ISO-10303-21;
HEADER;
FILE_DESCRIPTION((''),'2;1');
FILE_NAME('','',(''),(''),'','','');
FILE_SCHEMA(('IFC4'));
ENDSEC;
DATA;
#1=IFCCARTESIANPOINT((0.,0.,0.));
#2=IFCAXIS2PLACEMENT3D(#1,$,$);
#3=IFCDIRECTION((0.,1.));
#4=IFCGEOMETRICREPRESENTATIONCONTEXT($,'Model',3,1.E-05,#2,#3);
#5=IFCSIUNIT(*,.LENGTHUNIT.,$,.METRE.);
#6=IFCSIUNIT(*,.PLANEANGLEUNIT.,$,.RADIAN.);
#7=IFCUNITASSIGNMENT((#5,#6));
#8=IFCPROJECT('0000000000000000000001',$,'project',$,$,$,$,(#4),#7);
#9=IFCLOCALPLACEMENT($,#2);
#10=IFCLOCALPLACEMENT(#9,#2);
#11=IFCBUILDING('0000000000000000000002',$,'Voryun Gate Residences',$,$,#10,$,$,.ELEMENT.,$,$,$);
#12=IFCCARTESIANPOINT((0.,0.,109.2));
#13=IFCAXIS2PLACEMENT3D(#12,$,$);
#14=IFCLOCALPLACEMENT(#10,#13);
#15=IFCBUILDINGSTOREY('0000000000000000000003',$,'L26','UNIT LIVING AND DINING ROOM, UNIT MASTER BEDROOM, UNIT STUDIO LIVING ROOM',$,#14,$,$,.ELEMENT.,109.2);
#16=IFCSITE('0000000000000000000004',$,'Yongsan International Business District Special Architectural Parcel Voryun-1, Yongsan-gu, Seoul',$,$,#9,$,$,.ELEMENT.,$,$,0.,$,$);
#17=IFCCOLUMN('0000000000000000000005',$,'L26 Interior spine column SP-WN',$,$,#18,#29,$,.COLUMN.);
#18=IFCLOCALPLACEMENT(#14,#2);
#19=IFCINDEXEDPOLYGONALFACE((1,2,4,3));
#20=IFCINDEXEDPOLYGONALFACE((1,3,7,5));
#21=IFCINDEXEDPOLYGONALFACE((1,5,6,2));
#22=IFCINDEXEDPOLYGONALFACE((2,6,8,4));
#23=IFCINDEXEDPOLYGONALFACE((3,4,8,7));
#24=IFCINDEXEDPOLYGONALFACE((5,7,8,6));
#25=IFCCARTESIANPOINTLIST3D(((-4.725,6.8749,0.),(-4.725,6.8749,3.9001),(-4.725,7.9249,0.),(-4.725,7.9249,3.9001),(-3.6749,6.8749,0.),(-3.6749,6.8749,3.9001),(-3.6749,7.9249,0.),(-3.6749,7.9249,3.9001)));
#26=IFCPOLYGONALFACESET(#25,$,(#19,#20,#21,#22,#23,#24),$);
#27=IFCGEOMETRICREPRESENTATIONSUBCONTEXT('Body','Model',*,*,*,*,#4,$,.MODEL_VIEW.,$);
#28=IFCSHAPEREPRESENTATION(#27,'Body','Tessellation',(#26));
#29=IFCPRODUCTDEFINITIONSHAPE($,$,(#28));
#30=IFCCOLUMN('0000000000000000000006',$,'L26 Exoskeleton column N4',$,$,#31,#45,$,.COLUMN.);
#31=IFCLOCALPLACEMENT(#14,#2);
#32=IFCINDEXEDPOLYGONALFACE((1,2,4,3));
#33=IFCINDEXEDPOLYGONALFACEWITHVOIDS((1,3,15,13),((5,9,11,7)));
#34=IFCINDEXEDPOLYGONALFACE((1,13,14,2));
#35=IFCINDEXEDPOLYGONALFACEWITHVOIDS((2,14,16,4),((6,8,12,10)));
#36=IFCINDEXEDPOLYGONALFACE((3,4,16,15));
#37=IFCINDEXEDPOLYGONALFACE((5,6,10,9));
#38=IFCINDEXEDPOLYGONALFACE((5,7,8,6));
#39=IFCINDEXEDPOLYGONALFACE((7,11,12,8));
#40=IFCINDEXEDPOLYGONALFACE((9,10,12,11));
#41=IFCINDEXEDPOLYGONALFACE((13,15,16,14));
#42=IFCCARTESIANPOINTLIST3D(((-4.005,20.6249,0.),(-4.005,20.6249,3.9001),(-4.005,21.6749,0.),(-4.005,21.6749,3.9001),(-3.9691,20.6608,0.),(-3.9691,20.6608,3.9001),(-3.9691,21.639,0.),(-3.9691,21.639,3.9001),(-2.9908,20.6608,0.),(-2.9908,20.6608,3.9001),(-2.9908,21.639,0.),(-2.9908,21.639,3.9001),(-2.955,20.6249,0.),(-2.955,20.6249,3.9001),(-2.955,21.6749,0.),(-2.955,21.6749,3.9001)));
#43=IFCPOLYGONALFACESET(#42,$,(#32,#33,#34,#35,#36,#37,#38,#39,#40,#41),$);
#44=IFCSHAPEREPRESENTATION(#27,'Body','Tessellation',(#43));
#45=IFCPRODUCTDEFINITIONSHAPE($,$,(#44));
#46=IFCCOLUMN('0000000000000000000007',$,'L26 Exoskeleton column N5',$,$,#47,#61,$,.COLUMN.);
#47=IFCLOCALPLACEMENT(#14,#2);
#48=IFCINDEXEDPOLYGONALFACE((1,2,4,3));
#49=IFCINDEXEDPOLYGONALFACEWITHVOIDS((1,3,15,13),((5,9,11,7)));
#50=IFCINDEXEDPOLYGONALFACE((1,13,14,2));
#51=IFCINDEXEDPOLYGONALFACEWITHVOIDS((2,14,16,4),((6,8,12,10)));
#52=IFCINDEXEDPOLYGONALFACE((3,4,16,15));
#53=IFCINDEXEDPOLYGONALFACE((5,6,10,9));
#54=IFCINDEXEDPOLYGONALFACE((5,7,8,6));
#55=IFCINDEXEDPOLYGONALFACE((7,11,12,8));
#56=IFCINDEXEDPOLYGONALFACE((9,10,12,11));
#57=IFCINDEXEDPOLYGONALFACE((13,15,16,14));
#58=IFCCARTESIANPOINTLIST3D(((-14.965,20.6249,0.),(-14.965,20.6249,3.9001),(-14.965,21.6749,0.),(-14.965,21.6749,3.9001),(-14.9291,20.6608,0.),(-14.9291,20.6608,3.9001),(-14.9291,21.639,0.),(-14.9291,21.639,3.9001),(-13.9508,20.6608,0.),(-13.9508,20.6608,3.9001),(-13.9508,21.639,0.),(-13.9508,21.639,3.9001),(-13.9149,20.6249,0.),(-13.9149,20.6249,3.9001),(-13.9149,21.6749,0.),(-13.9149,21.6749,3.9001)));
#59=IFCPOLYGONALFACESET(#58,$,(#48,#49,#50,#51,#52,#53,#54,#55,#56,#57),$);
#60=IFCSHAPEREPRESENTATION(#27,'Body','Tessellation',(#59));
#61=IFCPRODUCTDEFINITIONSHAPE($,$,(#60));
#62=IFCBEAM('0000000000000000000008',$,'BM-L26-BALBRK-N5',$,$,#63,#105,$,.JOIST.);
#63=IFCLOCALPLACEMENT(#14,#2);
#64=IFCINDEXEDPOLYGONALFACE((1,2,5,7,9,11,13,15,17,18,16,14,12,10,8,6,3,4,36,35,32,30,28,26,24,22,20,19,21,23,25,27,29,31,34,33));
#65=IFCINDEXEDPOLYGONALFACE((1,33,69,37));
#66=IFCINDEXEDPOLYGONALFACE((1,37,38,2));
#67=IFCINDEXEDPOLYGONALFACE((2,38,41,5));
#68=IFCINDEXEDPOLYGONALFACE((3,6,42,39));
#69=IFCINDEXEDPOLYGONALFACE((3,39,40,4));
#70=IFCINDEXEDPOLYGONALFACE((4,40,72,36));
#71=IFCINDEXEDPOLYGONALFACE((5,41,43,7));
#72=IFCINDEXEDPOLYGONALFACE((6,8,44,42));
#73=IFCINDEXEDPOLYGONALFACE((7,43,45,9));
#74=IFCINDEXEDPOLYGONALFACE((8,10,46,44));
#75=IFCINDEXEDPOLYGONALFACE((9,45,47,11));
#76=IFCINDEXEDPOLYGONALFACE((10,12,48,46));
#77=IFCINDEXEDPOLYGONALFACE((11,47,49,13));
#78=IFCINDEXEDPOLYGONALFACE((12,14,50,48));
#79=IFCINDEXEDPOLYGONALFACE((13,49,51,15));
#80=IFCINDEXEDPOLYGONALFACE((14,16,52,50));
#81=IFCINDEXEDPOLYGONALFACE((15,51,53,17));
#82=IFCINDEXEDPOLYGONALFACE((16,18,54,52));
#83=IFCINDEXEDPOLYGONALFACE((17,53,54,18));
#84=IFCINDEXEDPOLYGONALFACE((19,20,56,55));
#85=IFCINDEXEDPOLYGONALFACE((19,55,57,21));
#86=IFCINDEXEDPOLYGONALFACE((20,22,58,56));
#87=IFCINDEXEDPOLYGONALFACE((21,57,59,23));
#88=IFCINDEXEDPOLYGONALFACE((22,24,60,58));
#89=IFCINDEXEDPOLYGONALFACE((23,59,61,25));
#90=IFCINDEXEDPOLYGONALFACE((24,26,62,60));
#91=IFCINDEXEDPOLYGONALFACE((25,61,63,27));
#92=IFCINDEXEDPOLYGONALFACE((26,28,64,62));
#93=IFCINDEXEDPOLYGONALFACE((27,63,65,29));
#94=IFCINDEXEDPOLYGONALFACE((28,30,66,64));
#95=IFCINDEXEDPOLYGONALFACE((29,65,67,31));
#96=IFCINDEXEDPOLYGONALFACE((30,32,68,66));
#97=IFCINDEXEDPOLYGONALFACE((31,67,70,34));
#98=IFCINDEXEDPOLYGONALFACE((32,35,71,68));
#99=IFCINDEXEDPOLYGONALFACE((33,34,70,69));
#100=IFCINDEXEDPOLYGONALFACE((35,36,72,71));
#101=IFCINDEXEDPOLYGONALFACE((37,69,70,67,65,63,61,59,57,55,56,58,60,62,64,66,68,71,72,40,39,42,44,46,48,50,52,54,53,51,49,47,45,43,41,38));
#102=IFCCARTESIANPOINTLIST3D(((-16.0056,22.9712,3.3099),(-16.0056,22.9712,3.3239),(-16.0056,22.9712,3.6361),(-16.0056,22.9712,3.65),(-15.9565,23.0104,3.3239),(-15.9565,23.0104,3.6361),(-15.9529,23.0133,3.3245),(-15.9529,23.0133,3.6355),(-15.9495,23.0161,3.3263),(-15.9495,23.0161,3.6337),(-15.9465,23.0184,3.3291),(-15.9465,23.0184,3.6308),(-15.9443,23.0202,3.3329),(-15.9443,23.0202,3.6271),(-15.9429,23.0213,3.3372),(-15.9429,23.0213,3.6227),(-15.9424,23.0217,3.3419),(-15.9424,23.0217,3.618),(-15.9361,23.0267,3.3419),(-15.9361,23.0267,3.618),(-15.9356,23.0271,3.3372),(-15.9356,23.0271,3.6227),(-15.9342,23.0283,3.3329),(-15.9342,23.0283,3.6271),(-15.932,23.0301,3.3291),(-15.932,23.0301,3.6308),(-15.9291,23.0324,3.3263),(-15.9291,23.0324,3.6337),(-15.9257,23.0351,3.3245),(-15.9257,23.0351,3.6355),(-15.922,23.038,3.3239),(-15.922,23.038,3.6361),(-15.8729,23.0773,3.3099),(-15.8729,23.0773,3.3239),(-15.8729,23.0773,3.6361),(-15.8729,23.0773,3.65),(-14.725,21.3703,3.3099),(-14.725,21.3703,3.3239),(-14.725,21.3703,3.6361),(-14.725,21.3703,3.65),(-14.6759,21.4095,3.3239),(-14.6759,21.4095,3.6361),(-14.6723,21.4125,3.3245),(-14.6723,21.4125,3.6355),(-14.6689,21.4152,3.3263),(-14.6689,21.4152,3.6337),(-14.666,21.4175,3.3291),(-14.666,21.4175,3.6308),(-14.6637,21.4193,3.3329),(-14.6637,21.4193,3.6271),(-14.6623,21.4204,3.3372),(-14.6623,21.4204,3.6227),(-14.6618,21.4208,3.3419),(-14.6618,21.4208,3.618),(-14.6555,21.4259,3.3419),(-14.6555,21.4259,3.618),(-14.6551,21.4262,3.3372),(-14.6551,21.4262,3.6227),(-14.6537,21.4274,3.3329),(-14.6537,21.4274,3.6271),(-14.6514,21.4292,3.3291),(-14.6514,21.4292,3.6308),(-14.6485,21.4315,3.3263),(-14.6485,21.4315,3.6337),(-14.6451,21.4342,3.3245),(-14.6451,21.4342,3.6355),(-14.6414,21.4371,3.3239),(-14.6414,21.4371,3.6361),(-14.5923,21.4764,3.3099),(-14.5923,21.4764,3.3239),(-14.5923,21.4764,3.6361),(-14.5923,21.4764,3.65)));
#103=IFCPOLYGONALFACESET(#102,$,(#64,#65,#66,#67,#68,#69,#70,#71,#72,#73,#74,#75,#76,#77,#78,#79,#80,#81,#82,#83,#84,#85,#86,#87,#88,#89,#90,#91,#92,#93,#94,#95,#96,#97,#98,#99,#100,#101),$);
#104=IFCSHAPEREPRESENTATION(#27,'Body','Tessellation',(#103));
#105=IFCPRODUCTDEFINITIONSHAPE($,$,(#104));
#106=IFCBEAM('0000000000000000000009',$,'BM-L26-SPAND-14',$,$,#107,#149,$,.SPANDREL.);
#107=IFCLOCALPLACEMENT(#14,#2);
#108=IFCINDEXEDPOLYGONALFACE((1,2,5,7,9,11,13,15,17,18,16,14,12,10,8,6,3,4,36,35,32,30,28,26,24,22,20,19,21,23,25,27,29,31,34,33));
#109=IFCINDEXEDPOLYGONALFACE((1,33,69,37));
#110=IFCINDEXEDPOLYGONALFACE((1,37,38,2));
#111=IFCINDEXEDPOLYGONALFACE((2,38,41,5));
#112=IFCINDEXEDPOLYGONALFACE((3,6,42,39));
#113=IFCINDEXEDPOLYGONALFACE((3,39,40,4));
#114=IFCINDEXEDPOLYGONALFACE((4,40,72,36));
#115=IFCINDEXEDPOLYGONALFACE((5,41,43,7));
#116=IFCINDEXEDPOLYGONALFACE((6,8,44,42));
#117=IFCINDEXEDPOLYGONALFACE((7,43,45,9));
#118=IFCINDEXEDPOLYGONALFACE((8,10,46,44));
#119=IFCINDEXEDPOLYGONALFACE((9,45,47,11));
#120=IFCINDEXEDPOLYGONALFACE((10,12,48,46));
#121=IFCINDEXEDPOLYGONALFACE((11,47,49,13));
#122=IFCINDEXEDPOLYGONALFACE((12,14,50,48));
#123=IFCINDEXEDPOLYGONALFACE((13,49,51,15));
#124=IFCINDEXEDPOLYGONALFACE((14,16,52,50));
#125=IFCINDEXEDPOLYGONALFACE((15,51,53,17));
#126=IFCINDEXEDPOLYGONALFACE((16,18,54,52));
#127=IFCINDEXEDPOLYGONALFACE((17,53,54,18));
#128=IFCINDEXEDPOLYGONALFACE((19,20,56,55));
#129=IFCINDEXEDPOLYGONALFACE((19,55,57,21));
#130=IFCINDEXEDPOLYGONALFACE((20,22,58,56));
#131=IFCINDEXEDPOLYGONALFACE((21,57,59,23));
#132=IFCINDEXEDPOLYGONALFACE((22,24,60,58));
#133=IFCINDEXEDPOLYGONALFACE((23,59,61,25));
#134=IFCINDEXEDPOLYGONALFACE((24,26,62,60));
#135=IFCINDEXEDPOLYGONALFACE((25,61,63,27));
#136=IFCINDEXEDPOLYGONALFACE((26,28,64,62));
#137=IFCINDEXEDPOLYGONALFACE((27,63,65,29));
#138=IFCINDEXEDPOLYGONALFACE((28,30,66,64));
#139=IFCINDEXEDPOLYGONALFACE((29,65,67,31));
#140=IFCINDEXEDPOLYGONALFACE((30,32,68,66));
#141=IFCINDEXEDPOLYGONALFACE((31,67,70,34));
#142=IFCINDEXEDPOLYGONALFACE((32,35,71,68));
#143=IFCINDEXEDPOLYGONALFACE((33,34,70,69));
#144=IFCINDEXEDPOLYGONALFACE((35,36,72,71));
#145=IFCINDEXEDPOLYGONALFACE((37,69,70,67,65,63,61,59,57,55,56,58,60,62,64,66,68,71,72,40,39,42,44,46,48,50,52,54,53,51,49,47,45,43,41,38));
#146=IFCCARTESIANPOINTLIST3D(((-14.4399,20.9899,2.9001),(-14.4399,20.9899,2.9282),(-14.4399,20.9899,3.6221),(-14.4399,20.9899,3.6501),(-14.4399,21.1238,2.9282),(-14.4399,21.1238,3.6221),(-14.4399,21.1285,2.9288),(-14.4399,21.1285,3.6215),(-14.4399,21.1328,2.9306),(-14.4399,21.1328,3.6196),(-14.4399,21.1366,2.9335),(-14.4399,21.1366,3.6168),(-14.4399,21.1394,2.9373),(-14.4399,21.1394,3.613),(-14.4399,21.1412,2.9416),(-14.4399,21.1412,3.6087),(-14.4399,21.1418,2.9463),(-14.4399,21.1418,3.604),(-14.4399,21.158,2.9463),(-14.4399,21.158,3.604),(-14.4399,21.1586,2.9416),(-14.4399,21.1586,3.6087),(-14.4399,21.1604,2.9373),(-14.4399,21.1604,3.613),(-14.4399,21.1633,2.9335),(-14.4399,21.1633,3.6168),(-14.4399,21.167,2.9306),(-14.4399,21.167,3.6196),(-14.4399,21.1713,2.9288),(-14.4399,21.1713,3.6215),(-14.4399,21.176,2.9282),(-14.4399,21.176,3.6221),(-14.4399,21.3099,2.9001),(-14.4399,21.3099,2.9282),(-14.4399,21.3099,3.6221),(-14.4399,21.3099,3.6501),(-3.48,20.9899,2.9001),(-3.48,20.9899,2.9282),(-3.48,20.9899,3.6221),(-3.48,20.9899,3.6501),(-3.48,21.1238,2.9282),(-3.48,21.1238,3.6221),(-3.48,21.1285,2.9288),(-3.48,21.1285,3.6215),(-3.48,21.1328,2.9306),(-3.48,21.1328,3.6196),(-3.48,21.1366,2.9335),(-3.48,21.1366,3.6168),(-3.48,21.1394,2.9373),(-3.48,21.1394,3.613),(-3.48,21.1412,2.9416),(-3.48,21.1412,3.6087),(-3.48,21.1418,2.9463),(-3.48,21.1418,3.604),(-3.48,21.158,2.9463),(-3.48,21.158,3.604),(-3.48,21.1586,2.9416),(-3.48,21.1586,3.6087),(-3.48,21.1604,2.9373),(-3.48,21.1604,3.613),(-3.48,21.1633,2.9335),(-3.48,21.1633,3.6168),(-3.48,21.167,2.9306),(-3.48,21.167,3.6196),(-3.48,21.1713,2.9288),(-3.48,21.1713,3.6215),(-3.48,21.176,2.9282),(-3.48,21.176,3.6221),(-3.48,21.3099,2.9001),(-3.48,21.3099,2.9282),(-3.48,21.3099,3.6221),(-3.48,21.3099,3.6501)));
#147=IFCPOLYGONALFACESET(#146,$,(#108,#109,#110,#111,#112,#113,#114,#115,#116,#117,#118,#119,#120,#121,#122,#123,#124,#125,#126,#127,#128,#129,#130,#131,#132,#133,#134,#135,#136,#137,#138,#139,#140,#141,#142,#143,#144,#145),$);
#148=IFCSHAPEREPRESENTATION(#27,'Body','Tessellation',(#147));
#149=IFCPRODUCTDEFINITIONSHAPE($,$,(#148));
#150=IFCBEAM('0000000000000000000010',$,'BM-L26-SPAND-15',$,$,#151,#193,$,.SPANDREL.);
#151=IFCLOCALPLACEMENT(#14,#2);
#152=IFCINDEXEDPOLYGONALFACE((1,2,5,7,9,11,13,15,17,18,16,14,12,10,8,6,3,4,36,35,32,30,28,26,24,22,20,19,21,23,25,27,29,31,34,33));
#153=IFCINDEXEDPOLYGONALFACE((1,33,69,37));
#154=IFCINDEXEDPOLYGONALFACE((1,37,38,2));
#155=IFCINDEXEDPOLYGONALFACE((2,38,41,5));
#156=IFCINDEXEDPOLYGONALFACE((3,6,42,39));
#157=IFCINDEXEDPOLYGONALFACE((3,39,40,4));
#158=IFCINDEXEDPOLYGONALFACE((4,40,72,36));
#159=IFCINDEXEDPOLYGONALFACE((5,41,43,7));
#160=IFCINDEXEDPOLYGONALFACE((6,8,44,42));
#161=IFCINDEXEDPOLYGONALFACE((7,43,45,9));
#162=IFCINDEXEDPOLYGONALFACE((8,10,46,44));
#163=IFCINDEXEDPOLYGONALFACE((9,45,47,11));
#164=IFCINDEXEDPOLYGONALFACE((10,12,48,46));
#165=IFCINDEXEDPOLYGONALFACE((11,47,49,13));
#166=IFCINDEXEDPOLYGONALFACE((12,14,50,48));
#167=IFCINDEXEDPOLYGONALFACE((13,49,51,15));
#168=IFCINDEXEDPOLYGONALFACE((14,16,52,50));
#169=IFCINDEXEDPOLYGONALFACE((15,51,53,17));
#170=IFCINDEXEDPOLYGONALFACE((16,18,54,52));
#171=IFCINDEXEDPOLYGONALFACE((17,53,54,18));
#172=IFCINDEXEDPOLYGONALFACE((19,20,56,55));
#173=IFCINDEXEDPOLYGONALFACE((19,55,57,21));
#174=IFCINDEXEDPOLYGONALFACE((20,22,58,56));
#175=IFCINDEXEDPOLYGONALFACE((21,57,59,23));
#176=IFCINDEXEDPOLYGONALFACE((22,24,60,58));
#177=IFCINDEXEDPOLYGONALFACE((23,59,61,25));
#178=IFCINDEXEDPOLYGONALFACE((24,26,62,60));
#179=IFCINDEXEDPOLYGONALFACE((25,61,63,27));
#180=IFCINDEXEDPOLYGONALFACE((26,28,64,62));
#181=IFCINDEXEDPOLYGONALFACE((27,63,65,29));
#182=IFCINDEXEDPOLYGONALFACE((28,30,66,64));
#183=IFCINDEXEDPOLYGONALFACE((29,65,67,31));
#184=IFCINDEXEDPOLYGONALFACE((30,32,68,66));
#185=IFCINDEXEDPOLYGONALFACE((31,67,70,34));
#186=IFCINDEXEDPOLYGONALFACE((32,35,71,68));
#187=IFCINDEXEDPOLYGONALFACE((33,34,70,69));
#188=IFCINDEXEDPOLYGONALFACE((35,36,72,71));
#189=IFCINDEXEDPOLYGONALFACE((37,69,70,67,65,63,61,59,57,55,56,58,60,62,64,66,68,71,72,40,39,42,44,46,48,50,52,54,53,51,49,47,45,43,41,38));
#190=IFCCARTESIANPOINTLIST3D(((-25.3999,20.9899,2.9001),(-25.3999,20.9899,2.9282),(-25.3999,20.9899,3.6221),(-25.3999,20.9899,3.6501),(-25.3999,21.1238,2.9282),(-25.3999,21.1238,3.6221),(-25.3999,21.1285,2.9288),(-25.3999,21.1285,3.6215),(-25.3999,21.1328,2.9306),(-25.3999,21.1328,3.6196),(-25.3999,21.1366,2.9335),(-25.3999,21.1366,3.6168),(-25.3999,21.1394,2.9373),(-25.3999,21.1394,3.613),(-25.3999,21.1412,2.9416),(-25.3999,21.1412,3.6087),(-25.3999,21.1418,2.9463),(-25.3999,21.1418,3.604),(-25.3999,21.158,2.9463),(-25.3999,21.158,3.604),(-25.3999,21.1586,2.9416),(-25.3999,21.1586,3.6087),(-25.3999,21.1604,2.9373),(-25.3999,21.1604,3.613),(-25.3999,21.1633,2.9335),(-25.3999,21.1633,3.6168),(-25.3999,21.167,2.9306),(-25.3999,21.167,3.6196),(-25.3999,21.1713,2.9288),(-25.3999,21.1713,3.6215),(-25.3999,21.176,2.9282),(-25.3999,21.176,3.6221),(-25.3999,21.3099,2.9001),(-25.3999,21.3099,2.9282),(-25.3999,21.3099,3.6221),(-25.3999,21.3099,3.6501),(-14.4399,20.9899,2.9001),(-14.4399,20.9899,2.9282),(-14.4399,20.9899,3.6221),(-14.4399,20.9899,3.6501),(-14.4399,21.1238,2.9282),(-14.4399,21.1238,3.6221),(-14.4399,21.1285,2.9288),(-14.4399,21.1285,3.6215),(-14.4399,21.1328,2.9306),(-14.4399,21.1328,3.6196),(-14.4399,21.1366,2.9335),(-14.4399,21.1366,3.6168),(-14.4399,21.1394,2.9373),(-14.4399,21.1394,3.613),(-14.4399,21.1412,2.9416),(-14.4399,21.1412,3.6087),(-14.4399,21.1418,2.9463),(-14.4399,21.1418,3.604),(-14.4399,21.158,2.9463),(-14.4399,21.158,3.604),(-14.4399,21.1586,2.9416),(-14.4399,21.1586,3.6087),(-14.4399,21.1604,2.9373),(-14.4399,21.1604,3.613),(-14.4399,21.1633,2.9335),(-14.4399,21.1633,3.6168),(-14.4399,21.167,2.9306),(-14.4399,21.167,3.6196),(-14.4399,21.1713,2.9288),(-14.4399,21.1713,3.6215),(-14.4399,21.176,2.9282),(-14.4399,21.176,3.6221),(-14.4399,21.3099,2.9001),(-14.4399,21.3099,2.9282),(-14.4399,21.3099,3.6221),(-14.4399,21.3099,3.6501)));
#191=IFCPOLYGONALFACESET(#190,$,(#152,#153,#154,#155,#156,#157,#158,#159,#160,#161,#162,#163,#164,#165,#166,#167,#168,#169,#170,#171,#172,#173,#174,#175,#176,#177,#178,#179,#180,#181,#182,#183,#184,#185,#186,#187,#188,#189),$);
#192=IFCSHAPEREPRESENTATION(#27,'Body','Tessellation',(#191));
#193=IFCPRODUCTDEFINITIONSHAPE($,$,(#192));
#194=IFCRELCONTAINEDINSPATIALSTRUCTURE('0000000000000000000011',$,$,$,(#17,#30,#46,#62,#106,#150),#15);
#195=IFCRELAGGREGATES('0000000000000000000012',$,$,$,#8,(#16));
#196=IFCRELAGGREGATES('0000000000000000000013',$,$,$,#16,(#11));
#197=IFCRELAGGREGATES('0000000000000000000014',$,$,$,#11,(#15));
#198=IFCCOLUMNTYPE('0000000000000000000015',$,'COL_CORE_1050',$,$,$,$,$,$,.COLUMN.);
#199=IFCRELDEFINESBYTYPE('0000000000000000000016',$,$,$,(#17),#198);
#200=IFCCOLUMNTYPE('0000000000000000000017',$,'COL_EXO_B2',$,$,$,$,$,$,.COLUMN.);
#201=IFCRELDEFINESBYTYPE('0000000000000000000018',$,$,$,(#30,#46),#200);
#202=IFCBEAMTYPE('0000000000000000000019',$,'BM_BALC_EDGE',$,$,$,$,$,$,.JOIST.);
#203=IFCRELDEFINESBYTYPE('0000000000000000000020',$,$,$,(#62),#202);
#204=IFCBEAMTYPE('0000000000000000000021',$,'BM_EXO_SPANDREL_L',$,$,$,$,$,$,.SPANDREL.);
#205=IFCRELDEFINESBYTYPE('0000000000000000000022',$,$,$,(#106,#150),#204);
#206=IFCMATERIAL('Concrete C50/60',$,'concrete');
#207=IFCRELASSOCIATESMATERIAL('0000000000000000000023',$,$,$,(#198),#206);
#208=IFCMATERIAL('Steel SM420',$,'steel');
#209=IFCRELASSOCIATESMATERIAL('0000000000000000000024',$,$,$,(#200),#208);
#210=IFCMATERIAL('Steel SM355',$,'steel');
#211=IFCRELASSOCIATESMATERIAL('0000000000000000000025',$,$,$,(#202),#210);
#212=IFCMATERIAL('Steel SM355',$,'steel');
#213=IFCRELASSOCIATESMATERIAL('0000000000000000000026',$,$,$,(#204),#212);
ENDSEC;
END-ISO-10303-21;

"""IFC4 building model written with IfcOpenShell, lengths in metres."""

from ifc_helpers import new_model, si_unit, direction, frame, origin, origin_2d, place, context, subcontext, project, spatial, rectangle, hollow_rectangle, i_section, extrude, material, material_profile, profile_set, type_object, element, save


model = new_model("IFC4")

# Units and contexts
model_context = context("Model", 3, precision=1e-05, world=origin(), true_north=direction((0.0, 1.0)))
body_context = subcontext(model_context, "Body", "Model", "MODEL_VIEW")
ifc_project = project(units=[si_unit("LENGTHUNIT", "METRE"), si_unit("PLANEANGLEUNIT", "RADIAN")], contexts=[model_context])

# Site, building, storey
site_placement = place(None, origin())
site = spatial("IfcSite", under=ifc_project, at=site_placement, Name="Yongsan International Business District Special Architectural Parcel Voryun-1, Yongsan-gu, Seoul", CompositionType="ELEMENT", RefElevation=0.0)
building_placement = place(site_placement, origin())
building = spatial("IfcBuilding", under=site, at=building_placement, Name="Voryun Gate Residences", CompositionType="ELEMENT")
storey_placement = place(building_placement, frame((0.0, 0.0, 109.2)))
storey = spatial("IfcBuildingStorey", under=building, at=storey_placement, Name="L26", Description="UNIT LIVING AND DINING ROOM, UNIT MASTER BEDROOM, UNIT STUDIO LIVING ROOM", CompositionType="ELEMENT", Elevation=109.2)

# Columns
ifc_material_1 = material(Name="Concrete C50/60", Category="concrete")
ifc_material_profile_1 = material_profile(ifc_material_1, rectangle(XDim=1.05, YDim=1.05, at=origin_2d()), Name="RC-1050x1050")
ifc_profile_set_1 = profile_set([ifc_material_profile_1], Name="Concrete C50/60")
column_type_1 = type_object("IfcColumnType", Name="COL_CORE_1050", PredefinedType="COLUMN", material=ifc_profile_set_1)
column_placement = place(storey_placement, frame((-4.2, 7.3999, 0.0), z_axis=(0.0, 0.0, 1.0), x_axis=(1.0, 0.0, 0.0)))
element("IfcColumn", 1, at=column_placement, inside=storey, type_object=column_type_1, Name="L26 Interior spine column SP-WN", PredefinedType="COLUMN", context=body_context, shape_type="SweptSolid", body=[
    extrude(rectangle(XDim=1.05, YDim=1.05, at=origin_2d()), origin(), (0.0, 0.0, 1.0), 3.9001),
])
ifc_material_2 = material(Name="Steel SM420", Category="steel")
ifc_material_profile_2 = material_profile(ifc_material_2, hollow_rectangle(XDim=1.05, YDim=1.05, WallThickness=0.0359, at=origin_2d()), Name="BOX-1050x1050x36")
ifc_profile_set_2 = profile_set([ifc_material_profile_2], Name="Steel SM420")
column_type_2 = type_object("IfcColumnType", Name="COL_EXO_B2", PredefinedType="COLUMN", material=ifc_profile_set_2)
for number, where, z_axis, x_axis, name in (
    (2, (-3.48, 21.1499, 0.0), (0.0, 0.0, 1.0), (1.0, 0.0, 0.0), "L26 Exoskeleton column N4"),
    (3, (-14.4399, 21.1499, 0.0), (0.0, 0.0, 1.0), (1.0, 0.0, 0.0), "L26 Exoskeleton column N5"),
):
    element("IfcColumn", number, at=place(storey_placement, frame(where, z_axis=z_axis, x_axis=x_axis)), inside=storey, type_object=column_type_2, Name=name, PredefinedType="COLUMN", context=body_context, shape_type="SweptSolid", body=[
        extrude(hollow_rectangle(XDim=1.05, YDim=1.05, WallThickness=0.0359, at=origin_2d()), origin(), (0.0, 0.0, 1.0), 3.9001),
    ])

# Beams
ifc_material_3 = material(Name="Steel SM355", Category="steel")
ifc_material_profile_3 = material_profile(ifc_material_3, i_section(OverallWidth=0.1699, OverallDepth=0.3401, WebThickness=0.0081, FlangeThickness=0.0139, FilletRadius=0.0181, at=origin_2d()), Name="H-340x170x8x14")
ifc_profile_set_3 = profile_set([ifc_material_profile_3], Name="Steel SM355")
beam_type_1 = type_object("IfcBeamType", Name="BM_BALC_EDGE", PredefinedType="JOIST", material=ifc_profile_set_3)
beam_1_placement = place(storey_placement, frame((-14.6587, 21.4233, 3.48), z_axis=(-0.624651, 0.780904, 0.0), x_axis=(-0.780904, -0.624651, 0.0)))
element("IfcBeam", 4, at=beam_1_placement, inside=storey, type_object=beam_type_1, Name="BM-L26-BALBRK-N5", PredefinedType="JOIST", context=body_context, shape_type="SweptSolid", body=[
    extrude(i_section(OverallWidth=0.1699, OverallDepth=0.3401, WebThickness=0.0081, FlangeThickness=0.0139, FilletRadius=0.0181, at=origin_2d()), origin(), (0.0, 0.0, 1.0), 2.05),
])
ifc_material_4 = material(Name="Steel SM355", Category="steel")
ifc_material_profile_4 = material_profile(ifc_material_4, i_section(OverallWidth=0.3201, OverallDepth=0.75, WebThickness=0.0161, FlangeThickness=0.0281, FilletRadius=0.0181, at=origin_2d()), Name="H-750x320x16x28")
ifc_profile_set_4 = profile_set([ifc_material_profile_4], Name="Steel SM355")
beam_type_2 = type_object("IfcBeamType", Name="BM_EXO_SPANDREL_L", PredefinedType="SPANDREL", material=ifc_profile_set_4)
for number, where, z_axis, x_axis, name in (
    (5, (-3.48, 21.1499, 3.2751), (-1.0, 0.0, 0.0), (0.0, -1.0, 0.0), "BM-L26-SPAND-14"),
    (6, (-14.4399, 21.1499, 3.2751), (-1.0, 0.0, 0.0), (0.0, -1.0, 0.0), "BM-L26-SPAND-15"),
):
    element("IfcBeam", number, at=place(storey_placement, frame(where, z_axis=z_axis, x_axis=x_axis)), inside=storey, type_object=beam_type_2, Name=name, PredefinedType="SPANDREL", context=body_context, shape_type="SweptSolid", body=[
        extrude(i_section(OverallWidth=0.3201, OverallDepth=0.75, WebThickness=0.0161, FlangeThickness=0.0281, FilletRadius=0.0181, at=origin_2d()), origin(), (0.0, 0.0, 1.0), 10.96),
    ])

save(model, "model.ifc")
